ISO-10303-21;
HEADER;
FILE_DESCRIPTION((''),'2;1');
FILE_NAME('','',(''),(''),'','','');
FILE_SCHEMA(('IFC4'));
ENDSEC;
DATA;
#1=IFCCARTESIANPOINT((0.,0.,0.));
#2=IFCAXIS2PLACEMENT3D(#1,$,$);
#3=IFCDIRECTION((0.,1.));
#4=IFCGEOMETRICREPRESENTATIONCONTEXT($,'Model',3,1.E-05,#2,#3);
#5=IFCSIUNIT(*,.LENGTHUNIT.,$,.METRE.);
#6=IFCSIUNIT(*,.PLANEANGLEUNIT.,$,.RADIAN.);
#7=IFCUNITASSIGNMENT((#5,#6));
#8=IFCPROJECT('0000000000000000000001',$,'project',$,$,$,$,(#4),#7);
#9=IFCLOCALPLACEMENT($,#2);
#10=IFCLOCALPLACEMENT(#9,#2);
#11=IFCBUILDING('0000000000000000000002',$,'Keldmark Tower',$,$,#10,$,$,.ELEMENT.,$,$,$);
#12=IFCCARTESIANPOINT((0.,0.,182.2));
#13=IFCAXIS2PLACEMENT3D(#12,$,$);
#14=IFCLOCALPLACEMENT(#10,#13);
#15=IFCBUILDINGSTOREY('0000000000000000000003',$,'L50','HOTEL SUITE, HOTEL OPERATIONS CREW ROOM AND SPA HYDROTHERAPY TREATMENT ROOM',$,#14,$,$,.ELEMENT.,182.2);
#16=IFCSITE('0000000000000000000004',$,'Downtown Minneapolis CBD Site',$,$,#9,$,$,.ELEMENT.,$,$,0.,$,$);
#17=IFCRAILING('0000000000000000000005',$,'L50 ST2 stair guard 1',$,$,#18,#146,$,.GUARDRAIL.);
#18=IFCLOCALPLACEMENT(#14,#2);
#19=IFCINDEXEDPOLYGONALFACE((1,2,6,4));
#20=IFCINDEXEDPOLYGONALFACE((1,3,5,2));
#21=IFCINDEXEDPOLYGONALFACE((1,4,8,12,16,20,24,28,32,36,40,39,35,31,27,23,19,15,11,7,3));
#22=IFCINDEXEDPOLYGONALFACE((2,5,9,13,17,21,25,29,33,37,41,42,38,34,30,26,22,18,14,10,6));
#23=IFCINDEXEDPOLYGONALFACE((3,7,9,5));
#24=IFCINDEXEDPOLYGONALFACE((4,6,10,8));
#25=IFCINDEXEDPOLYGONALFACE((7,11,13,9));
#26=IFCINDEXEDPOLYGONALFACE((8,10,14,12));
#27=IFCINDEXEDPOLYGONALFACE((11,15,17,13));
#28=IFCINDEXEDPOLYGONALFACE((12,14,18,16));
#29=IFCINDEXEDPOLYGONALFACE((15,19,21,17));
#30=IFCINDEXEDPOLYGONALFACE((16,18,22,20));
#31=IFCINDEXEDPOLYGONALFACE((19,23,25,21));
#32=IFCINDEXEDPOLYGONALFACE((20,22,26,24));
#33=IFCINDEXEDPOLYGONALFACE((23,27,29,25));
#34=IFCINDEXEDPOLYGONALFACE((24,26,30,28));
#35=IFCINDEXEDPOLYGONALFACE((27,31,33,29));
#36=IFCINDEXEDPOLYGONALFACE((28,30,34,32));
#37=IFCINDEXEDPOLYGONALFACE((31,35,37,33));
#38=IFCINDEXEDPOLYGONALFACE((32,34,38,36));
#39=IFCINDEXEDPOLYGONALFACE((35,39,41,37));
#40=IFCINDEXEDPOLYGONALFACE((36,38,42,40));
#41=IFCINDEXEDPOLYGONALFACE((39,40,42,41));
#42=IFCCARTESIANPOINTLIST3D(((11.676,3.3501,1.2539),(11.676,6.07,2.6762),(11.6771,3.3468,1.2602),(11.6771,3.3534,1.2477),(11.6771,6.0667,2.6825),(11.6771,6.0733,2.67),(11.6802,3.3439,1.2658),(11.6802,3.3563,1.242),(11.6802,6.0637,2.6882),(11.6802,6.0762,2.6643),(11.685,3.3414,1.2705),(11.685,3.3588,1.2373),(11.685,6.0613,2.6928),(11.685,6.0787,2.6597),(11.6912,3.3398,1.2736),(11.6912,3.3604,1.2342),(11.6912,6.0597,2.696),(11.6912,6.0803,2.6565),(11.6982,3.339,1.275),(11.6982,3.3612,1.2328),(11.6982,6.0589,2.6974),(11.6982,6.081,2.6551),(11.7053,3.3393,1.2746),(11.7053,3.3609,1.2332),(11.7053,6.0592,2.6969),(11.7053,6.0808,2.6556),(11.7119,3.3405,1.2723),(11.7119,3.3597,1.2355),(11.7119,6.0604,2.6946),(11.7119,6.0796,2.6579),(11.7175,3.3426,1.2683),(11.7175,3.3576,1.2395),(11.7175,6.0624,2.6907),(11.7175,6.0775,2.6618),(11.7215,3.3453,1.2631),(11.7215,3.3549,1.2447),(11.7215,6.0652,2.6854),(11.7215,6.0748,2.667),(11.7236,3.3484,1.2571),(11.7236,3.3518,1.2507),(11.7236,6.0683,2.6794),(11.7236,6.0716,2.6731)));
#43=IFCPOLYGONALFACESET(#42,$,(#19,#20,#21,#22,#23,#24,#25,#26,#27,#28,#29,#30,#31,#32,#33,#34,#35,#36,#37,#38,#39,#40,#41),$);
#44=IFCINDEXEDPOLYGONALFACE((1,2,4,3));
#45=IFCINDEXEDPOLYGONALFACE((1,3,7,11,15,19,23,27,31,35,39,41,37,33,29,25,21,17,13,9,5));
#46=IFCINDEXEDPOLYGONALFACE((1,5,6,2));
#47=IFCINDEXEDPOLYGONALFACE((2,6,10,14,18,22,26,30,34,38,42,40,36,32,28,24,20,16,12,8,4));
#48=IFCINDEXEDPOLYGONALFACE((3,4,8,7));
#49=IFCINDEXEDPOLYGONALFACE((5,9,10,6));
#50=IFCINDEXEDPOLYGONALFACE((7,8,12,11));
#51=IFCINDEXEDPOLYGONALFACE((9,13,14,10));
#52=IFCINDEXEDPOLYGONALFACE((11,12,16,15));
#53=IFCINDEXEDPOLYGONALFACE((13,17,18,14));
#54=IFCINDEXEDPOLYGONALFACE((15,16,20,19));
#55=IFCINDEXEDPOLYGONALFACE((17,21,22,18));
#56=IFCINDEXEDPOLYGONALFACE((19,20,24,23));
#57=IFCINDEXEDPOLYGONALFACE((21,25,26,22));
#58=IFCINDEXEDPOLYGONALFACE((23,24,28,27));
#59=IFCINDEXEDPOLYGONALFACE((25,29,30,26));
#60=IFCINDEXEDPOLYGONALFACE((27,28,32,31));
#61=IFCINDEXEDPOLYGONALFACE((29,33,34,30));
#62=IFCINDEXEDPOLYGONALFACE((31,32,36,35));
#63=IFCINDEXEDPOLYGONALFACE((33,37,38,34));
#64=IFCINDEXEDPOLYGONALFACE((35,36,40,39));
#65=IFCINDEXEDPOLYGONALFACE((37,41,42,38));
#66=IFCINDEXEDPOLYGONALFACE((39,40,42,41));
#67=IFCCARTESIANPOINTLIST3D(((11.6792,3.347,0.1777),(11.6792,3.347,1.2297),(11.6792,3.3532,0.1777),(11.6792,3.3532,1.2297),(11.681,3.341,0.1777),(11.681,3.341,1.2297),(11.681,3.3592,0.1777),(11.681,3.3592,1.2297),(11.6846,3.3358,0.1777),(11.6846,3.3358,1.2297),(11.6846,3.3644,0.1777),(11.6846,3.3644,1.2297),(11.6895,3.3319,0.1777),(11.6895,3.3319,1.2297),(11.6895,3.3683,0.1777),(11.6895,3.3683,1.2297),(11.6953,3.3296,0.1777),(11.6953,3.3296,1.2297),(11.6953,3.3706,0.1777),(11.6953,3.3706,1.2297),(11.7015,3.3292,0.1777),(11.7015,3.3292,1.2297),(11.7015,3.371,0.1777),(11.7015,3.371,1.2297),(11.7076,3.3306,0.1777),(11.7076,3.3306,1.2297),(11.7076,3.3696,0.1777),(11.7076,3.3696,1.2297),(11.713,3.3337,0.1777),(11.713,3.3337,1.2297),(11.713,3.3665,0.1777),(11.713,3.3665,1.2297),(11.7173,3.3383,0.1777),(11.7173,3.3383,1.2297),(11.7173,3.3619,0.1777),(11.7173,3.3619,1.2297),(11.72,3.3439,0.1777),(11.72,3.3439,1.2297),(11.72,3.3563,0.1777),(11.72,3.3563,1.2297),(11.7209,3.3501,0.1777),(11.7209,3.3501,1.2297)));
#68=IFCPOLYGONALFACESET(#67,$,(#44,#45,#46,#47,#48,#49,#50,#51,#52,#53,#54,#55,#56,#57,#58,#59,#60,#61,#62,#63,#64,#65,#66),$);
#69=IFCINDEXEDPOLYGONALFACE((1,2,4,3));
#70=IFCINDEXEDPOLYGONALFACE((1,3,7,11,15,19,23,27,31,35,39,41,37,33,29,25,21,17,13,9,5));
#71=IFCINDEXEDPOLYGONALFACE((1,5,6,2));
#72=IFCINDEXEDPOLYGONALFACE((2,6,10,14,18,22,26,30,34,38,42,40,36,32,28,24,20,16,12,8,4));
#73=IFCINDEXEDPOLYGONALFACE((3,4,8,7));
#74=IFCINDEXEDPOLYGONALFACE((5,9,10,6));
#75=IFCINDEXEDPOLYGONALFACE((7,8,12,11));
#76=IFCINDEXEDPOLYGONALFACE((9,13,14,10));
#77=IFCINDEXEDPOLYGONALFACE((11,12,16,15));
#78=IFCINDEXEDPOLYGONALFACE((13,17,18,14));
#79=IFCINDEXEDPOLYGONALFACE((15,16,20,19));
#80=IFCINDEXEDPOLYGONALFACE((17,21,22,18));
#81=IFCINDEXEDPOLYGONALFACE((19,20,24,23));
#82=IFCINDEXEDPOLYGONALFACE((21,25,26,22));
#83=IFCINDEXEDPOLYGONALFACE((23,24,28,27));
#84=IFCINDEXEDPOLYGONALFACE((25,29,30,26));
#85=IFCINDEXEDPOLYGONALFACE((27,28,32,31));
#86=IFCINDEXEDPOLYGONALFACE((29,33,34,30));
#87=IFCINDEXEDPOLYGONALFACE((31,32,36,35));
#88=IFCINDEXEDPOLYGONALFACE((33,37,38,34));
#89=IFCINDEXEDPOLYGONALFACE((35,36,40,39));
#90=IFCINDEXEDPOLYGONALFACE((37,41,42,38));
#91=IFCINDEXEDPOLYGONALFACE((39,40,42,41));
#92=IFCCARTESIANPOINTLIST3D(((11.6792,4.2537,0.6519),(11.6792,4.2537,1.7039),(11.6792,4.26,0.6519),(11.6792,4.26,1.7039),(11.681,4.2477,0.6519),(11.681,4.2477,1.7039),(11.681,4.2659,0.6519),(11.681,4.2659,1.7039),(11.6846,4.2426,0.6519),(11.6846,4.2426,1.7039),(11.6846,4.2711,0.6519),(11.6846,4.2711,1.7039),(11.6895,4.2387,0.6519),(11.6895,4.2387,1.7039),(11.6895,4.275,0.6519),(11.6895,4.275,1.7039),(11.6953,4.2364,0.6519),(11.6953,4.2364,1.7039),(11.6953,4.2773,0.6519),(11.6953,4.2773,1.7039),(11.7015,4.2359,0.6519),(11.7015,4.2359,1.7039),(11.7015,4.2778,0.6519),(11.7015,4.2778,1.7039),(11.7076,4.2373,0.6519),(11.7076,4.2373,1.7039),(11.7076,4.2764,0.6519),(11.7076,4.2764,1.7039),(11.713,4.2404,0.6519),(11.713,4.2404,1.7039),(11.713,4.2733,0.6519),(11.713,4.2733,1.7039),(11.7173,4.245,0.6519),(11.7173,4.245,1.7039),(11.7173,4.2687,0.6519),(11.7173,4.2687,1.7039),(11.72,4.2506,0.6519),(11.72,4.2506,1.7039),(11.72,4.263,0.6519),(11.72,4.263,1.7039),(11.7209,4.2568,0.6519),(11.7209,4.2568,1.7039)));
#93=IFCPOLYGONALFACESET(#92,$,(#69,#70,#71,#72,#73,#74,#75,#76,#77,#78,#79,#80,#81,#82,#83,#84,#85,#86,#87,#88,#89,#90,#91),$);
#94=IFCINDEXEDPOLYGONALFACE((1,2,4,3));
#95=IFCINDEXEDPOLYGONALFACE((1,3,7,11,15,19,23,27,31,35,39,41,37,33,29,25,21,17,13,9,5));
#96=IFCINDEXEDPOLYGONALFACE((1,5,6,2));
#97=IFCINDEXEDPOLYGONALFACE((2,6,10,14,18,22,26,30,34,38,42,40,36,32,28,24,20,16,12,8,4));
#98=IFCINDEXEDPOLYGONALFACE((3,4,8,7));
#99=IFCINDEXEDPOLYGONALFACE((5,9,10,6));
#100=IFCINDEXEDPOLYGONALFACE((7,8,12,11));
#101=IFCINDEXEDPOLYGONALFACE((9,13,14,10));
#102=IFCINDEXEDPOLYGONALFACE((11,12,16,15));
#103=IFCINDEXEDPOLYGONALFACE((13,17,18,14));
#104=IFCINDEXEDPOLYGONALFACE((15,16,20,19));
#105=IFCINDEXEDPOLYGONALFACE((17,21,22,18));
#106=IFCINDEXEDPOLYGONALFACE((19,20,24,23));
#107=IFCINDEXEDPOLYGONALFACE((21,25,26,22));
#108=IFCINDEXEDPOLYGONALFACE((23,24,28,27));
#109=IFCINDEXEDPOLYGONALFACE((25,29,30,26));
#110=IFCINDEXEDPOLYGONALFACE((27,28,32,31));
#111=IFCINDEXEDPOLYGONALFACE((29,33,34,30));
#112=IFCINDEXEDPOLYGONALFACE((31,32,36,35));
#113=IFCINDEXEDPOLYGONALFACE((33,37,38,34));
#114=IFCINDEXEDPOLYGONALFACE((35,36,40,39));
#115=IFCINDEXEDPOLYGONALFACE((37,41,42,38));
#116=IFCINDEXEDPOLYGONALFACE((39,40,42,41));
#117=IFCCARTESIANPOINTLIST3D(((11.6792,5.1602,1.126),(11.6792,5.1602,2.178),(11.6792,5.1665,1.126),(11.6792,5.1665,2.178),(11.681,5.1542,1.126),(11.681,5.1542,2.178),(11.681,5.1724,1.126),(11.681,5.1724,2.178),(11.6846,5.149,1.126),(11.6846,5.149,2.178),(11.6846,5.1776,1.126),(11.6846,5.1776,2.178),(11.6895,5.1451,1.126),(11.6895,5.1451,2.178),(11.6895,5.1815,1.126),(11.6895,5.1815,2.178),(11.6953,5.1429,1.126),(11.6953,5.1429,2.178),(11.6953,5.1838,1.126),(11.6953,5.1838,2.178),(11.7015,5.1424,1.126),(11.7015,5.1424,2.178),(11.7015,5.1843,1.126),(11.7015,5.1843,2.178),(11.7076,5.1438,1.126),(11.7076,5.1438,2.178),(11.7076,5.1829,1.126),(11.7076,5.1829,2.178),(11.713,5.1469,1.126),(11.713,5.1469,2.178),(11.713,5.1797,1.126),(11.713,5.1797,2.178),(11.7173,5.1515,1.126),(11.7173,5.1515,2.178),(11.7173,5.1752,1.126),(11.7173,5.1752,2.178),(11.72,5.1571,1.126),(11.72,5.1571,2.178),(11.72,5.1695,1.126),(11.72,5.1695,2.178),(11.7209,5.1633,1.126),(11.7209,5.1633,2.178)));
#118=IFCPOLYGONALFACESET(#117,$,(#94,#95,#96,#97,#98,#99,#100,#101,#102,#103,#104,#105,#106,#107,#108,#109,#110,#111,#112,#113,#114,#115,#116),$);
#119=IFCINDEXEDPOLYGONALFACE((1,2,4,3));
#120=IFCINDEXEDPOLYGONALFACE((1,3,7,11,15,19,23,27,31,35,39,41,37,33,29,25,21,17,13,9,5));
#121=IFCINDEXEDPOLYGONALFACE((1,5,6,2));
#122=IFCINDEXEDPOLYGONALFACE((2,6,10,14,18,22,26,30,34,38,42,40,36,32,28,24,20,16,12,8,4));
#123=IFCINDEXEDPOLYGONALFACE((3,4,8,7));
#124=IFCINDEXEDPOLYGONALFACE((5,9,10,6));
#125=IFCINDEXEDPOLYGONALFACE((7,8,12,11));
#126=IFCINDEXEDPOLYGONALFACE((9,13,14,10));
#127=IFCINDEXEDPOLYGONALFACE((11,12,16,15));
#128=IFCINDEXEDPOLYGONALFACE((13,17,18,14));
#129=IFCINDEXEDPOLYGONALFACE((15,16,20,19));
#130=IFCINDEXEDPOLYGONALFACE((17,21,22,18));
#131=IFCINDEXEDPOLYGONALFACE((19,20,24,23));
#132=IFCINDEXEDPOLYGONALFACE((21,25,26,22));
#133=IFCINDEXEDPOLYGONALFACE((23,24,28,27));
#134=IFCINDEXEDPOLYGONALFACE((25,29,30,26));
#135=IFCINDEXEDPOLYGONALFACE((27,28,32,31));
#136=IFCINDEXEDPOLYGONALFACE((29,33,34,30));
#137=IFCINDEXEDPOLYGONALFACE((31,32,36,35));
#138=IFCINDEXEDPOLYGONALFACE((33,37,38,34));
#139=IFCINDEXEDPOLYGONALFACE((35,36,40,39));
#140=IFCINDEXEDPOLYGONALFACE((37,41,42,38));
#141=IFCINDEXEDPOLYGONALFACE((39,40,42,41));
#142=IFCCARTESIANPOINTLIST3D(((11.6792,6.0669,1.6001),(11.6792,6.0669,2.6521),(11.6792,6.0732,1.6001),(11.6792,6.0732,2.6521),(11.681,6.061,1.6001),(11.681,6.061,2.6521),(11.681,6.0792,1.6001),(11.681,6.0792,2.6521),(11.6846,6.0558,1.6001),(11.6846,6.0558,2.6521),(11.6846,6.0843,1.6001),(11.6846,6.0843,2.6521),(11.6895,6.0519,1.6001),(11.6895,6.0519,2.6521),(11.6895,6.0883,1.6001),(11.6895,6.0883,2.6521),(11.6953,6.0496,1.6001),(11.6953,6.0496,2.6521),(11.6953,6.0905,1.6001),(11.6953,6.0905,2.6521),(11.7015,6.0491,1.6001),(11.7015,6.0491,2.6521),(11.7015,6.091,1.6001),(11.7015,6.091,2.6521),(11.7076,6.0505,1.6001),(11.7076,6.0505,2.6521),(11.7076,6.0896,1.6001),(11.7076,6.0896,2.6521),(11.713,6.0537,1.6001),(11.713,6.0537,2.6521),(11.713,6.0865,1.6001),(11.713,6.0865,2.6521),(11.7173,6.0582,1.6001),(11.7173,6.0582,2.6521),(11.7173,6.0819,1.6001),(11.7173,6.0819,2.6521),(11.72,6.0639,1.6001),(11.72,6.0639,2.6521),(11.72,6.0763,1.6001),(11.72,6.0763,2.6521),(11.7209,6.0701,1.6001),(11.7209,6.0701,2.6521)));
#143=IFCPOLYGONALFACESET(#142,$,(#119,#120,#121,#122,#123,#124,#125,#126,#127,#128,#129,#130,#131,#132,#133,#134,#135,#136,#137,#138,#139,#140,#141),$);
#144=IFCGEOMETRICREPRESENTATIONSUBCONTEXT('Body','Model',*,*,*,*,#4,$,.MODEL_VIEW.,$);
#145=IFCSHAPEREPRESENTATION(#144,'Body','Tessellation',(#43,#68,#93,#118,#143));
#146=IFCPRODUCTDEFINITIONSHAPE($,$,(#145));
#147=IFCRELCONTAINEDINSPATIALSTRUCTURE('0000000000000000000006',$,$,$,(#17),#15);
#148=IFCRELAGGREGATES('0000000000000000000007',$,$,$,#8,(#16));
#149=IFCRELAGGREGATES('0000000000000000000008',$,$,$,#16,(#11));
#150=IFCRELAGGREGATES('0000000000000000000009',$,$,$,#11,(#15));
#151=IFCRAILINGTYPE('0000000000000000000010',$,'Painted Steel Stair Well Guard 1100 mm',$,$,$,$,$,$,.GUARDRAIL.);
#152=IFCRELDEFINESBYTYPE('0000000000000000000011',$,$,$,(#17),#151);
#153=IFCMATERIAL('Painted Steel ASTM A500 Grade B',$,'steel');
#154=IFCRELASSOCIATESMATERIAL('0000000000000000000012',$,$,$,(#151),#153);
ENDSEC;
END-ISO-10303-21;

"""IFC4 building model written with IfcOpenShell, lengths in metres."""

from ifc_helpers import new_model, si_unit, direction, frame, origin, origin_2d, place, context, subcontext, project, spatial, circle, extrude, material, type_object, element, save


model = new_model("IFC4")

# Units and contexts
model_context = context("Model", 3, precision=1e-05, world=origin(), true_north=direction((0.0, 1.0)))
body_context = subcontext(model_context, "Body", "Model", "MODEL_VIEW")
ifc_project = project(units=[si_unit("LENGTHUNIT", "METRE"), si_unit("PLANEANGLEUNIT", "RADIAN")], contexts=[model_context])

# Site, building, storey
site_placement = place(None, origin())
site = spatial("IfcSite", under=ifc_project, at=site_placement, Name="Downtown Minneapolis CBD Site", CompositionType="ELEMENT", RefElevation=0.0)
building_placement = place(site_placement, origin())
building = spatial("IfcBuilding", under=site, at=building_placement, Name="Keldmark Tower", CompositionType="ELEMENT")
storey_placement = place(building_placement, frame((0.0, 0.0, 182.2)))
storey = spatial("IfcBuildingStorey", under=building, at=storey_placement, Name="L50", Description="HOTEL SUITE, HOTEL OPERATIONS CREW ROOM AND SPA HYDROTHERAPY TREATMENT ROOM", CompositionType="ELEMENT", Elevation=182.2)

# Railing
ifc_material_1 = material(Name="Painted Steel ASTM A500 Grade B", Category="steel")
railing_type_1 = type_object("IfcRailingType", Name="Painted Steel Stair Well Guard 1100 mm", PredefinedType="GUARDRAIL", material=ifc_material_1)
railing_1_placement = place(storey_placement, frame((11.7, 3.3501, 0.1777)))
element("IfcRailing", 1, at=railing_1_placement, inside=storey, type_object=railing_type_1, Name="L50 ST2 stair guard 1", PredefinedType="GUARDRAIL", context=body_context, shape_type="SweptSolid", body=[
    extrude(circle(Radius=0.0239, at=origin_2d()), frame((0.0, 0.0, 1.0762), z_axis=(0.0, 0.88615, 0.463398), x_axis=(-1.0, 0.0, 0.0)), (0.0, 0.0, 1.0), 3.0693),
    extrude(circle(Radius=0.021, at=origin_2d()), origin(), (0.0, 0.0, 1.0), 1.052),
    extrude(circle(Radius=0.021, at=origin_2d()), frame((0.0, 0.9067, 0.4741)), (0.0, 0.0, 1.0), 1.052),
    extrude(circle(Radius=0.021, at=origin_2d()), frame((0.0, 1.8132, 0.9482)), (0.0, 0.0, 1.0), 1.052),
    extrude(circle(Radius=0.021, at=origin_2d()), frame((0.0, 2.72, 1.4224)), (0.0, 0.0, 1.0), 1.052),
])

save(model, "model.ifc")
